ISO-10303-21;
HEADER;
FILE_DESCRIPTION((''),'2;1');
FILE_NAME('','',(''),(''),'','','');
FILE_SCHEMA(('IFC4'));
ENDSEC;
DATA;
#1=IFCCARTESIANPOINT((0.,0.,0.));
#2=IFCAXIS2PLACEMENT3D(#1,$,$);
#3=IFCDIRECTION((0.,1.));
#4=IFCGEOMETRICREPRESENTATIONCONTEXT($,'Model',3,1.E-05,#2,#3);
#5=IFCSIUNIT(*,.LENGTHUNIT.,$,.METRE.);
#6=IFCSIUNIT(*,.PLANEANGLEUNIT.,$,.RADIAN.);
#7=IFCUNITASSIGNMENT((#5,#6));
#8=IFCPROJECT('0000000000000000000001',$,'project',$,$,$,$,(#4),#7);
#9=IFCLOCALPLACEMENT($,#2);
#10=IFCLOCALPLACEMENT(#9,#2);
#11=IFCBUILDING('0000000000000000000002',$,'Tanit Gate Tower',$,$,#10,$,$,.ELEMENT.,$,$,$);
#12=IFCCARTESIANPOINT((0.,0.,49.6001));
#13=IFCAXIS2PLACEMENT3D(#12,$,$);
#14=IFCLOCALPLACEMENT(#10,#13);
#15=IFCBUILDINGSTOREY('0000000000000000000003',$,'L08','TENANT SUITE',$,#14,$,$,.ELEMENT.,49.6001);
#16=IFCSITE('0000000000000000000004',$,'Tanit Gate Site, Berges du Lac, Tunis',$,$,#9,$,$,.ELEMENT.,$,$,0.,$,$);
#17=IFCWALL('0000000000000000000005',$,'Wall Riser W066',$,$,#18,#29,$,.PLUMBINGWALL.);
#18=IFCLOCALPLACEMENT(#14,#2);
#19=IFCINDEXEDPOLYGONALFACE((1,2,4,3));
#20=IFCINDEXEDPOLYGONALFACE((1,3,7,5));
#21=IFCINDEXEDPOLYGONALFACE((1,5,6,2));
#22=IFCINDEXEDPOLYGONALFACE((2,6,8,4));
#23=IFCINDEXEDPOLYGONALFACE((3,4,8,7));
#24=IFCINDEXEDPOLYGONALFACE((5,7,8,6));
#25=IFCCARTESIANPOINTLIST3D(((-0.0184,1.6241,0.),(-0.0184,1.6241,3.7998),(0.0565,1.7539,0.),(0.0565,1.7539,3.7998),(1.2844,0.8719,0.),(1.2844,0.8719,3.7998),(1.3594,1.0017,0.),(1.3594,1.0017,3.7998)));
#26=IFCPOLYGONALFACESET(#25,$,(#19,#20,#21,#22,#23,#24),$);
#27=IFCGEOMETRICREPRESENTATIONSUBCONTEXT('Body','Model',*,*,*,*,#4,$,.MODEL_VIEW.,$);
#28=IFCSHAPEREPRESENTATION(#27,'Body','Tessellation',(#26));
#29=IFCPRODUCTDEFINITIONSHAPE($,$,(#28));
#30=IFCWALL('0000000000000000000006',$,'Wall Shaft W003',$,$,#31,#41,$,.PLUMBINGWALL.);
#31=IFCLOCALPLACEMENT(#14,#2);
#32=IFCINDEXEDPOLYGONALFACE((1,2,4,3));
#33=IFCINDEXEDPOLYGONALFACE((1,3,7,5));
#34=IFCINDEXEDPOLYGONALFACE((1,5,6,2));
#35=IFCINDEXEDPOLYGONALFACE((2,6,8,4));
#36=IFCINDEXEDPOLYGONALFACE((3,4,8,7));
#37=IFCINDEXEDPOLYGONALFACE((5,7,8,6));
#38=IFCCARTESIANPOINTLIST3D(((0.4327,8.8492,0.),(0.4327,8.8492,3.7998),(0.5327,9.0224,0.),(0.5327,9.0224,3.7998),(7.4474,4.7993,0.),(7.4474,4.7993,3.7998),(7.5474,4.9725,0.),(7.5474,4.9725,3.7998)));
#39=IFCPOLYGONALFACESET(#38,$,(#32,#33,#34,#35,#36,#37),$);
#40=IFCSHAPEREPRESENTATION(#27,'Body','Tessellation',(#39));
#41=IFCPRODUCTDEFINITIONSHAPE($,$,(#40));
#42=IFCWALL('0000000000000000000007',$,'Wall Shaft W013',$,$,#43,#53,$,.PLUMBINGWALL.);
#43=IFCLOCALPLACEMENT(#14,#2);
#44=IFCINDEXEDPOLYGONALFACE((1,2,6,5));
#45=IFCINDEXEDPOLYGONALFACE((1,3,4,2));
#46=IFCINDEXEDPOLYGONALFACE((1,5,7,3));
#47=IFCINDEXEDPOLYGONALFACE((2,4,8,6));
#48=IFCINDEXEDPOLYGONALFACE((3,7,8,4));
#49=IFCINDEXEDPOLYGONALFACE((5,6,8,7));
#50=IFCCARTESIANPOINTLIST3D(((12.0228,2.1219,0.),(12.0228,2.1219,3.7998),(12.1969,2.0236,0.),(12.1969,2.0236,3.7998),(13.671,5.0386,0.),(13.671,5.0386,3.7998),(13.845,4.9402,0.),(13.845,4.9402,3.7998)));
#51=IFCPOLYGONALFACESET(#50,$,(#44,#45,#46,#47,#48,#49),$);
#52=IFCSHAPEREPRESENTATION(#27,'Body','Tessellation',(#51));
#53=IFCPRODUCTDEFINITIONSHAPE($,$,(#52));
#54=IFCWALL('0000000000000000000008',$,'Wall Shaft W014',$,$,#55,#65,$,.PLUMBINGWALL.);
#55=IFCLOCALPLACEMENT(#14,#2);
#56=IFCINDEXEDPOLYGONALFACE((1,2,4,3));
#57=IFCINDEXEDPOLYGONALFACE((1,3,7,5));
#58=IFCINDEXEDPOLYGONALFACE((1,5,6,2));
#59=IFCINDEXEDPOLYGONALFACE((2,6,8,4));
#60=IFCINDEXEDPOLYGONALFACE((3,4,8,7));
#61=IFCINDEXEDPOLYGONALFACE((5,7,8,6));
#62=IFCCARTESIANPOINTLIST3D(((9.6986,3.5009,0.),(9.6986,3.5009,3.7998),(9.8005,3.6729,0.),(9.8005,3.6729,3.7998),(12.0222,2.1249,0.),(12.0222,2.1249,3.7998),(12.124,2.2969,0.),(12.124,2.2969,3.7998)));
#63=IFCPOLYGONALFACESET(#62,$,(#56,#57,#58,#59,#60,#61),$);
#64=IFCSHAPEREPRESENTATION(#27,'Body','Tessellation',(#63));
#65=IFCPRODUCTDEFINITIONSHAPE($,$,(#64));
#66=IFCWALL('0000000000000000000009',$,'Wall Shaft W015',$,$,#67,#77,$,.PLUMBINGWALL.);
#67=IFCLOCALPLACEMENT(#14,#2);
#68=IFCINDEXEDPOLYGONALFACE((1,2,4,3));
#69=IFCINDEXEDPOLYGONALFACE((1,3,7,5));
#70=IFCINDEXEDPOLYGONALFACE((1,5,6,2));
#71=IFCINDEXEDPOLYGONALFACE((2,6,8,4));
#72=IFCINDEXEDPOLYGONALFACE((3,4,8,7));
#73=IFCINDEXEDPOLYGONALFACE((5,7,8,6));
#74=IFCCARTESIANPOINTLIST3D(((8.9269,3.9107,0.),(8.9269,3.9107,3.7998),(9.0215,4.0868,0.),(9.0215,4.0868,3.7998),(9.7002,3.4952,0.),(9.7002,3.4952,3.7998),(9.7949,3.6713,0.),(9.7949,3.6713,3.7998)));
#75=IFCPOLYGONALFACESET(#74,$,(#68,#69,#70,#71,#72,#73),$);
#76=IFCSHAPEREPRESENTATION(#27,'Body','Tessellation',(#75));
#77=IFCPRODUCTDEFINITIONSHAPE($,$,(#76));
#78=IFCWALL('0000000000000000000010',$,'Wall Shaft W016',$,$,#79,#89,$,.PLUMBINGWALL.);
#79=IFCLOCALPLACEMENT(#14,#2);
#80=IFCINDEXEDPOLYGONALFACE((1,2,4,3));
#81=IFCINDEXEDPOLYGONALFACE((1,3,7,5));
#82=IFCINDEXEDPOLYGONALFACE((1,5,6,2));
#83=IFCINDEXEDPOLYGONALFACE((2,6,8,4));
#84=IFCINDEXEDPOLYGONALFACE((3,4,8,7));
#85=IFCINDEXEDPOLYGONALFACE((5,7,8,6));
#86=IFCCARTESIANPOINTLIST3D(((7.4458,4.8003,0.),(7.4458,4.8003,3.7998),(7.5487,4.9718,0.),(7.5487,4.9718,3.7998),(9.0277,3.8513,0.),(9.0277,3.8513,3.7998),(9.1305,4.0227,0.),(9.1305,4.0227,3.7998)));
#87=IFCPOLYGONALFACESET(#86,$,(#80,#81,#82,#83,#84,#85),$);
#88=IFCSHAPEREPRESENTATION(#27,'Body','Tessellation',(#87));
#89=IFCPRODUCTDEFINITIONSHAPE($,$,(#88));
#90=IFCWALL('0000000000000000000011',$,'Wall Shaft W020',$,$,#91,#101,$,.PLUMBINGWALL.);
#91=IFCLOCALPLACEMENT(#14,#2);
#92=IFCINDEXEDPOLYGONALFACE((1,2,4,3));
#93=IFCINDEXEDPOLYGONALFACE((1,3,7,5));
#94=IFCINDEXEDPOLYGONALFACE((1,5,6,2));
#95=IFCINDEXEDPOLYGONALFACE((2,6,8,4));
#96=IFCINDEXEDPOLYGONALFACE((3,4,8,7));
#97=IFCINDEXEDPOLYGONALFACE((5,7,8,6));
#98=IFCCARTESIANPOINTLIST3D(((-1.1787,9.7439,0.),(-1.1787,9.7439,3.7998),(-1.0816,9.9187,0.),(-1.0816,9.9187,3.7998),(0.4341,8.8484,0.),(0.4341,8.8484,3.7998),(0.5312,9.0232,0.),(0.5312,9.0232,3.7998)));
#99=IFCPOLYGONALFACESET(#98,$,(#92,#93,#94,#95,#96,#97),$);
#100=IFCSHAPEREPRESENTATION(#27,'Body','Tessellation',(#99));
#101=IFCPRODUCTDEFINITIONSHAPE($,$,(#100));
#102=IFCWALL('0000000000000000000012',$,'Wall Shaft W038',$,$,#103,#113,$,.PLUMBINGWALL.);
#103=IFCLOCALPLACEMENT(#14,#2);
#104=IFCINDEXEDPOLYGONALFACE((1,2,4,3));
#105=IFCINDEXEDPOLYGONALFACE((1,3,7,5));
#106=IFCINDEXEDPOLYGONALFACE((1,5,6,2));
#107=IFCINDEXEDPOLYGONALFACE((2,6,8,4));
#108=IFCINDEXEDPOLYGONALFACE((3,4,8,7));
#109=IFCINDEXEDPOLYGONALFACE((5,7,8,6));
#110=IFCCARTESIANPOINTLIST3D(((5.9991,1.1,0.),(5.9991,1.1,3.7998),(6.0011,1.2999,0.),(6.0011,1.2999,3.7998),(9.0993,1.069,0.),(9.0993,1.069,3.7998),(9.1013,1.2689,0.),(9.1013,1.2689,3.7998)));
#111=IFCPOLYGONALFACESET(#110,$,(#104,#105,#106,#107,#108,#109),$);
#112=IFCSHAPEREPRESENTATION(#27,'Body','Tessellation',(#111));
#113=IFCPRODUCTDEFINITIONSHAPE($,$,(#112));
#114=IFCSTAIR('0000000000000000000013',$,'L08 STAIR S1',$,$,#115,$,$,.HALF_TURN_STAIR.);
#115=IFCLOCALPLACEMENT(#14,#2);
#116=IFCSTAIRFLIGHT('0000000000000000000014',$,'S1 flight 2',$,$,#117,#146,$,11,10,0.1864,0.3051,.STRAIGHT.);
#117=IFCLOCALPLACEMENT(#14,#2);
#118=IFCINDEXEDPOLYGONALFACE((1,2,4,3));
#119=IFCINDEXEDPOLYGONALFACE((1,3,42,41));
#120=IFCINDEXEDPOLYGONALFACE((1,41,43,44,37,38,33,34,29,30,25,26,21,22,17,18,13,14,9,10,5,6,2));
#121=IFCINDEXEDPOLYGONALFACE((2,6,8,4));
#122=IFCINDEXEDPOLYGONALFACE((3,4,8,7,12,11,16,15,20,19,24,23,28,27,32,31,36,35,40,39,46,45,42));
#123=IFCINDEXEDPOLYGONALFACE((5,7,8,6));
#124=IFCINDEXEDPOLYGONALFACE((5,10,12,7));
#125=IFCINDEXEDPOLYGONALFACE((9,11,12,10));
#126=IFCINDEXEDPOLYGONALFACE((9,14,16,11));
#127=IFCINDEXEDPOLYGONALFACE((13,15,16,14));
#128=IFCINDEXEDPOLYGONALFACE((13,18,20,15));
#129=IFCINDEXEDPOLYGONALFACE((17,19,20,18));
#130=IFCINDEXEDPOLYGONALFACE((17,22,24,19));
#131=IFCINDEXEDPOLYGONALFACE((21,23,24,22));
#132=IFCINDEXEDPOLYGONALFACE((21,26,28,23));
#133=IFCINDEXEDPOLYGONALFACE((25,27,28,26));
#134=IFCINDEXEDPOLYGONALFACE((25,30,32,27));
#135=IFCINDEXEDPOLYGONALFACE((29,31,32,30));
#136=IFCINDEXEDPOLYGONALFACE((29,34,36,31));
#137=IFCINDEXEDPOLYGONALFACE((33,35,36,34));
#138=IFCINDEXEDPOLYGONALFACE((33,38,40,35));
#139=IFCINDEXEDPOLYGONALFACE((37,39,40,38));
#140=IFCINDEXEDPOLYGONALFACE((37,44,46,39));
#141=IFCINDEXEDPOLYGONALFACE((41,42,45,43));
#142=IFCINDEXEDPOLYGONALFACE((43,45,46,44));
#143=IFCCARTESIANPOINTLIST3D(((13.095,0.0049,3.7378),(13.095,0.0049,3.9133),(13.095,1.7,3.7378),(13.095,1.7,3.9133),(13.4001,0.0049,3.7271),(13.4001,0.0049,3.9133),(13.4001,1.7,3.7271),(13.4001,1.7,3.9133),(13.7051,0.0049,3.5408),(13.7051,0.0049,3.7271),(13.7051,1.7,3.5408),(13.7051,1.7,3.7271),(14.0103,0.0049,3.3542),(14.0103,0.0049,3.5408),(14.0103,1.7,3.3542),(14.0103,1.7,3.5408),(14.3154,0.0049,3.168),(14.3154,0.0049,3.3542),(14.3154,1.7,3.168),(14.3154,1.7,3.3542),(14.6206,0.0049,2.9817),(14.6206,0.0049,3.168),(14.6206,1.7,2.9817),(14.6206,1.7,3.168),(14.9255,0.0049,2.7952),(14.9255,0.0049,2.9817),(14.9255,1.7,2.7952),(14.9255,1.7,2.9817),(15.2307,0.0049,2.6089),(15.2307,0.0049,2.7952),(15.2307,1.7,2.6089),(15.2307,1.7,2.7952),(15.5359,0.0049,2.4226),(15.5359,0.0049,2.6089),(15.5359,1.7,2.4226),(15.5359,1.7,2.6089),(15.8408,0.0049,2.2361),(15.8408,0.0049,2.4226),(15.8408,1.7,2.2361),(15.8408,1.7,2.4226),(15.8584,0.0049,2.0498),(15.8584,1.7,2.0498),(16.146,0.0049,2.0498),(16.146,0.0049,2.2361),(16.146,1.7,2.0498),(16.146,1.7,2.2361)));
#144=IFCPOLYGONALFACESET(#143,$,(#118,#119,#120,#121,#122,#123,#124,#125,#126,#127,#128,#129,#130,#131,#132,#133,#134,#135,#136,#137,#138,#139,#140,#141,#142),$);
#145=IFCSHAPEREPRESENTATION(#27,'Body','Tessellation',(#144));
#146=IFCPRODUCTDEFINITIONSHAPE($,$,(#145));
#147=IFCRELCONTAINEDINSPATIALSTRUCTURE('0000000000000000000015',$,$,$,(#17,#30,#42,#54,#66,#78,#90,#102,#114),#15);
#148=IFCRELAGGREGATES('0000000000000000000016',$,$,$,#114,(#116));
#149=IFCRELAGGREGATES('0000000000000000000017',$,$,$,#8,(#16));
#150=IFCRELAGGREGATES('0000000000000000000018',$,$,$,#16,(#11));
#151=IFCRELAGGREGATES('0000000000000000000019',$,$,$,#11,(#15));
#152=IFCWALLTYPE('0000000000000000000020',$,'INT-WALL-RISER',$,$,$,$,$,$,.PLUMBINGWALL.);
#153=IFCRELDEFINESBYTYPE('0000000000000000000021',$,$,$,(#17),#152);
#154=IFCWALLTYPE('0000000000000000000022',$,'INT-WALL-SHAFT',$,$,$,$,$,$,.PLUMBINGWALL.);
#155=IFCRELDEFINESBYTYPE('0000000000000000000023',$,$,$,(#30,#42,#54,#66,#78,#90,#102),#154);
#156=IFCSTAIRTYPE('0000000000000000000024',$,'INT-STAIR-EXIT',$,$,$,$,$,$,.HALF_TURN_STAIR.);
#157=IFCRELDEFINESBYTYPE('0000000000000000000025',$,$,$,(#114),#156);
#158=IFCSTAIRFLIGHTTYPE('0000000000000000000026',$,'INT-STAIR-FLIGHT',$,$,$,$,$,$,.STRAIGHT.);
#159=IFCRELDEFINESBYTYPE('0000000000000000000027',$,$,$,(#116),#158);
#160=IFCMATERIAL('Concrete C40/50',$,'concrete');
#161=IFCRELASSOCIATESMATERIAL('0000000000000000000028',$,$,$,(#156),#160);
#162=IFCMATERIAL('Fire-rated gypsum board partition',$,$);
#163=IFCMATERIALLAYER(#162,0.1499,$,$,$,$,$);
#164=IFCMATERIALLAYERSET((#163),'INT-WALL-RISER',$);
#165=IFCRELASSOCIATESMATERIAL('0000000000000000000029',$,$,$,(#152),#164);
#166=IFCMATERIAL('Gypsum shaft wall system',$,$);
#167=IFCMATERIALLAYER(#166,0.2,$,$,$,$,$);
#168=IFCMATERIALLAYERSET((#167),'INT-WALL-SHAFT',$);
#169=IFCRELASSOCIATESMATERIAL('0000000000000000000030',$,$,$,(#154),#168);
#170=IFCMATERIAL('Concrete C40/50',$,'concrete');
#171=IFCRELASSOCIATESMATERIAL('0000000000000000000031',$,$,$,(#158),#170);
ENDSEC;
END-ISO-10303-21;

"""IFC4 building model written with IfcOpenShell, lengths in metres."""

from ifc_helpers import new_model, si_unit, direction, frame, frame_2d, origin, place, context, subcontext, project, spatial, polyline, rectangle, outline, extrude, material, layer, layer_set, type_object, element, aggregate, save


model = new_model("IFC4")

# Units and contexts
model_context = context("Model", 3, precision=1e-05, world=origin(), true_north=direction((0.0, 1.0)))
body_context = subcontext(model_context, "Body", "Model", "MODEL_VIEW")
ifc_project = project(units=[si_unit("LENGTHUNIT", "METRE"), si_unit("PLANEANGLEUNIT", "RADIAN")], contexts=[model_context])

# Site, building, storey
site_placement = place(None, origin())
site = spatial("IfcSite", under=ifc_project, at=site_placement, Name="Tanit Gate Site, Berges du Lac, Tunis", CompositionType="ELEMENT", RefElevation=0.0)
building_placement = place(site_placement, origin())
building = spatial("IfcBuilding", under=site, at=building_placement, Name="Tanit Gate Tower", CompositionType="ELEMENT")
storey_placement = place(building_placement, frame((0.0, 0.0, 49.6001)))
storey = spatial("IfcBuildingStorey", under=building, at=storey_placement, Name="L08", Description="TENANT SUITE", CompositionType="ELEMENT", Elevation=49.6001)

# Shared definitions
ifc_material_1 = material(Name="Concrete C40/50", Category="concrete")
stair_type = type_object("IfcStairType", Name="INT-STAIR-EXIT", PredefinedType="HALF_TURN_STAIR", material=ifc_material_1)

# Shared definitions
ifc_material_2 = material(Name="Fire-rated gypsum board partition")
ifc_layer_1 = layer(ifc_material_2, 0.1499)
ifc_layer_set_1 = layer_set([ifc_layer_1], Name="INT-WALL-RISER")
wall_type_1 = type_object("IfcWallType", Name="INT-WALL-RISER", PredefinedType="PLUMBINGWALL", material=ifc_layer_set_1)

# Walls
wall_1_placement = place(storey_placement, frame((0.019, 1.689, 0.0), z_axis=(0.0, 0.0, 1.0), x_axis=(0.866048, -0.499961, 0.0)))
element("IfcWall", 1, at=wall_1_placement, inside=storey, type_object=wall_type_1, Name="Wall Riser W066", PredefinedType="PLUMBINGWALL", context=body_context, shape_type="SweptSolid", body=[
    extrude(rectangle(XDim=1.5044, YDim=0.1499, at=frame_2d((0.7522, 0.0))), origin(), (0.0, 0.0, 1.0), 3.7998),
])
ifc_material_3 = material(Name="Gypsum shaft wall system")
ifc_layer_2 = layer(ifc_material_3, 0.2)
ifc_layer_set_2 = layer_set([ifc_layer_2], Name="INT-WALL-SHAFT")
wall_type_2 = type_object("IfcWallType", Name="INT-WALL-SHAFT", PredefinedType="PLUMBINGWALL", material=ifc_layer_set_2)
wall_2_placement = place(storey_placement, frame((7.4973, 4.886, 0.0), z_axis=(0.0, 0.0, 1.0), x_axis=(-0.866031, 0.49999, 0.0)))
element("IfcWall", 2, at=wall_2_placement, inside=storey, type_object=wall_type_2, Name="Wall Shaft W003", PredefinedType="PLUMBINGWALL", context=body_context, shape_type="SweptSolid", body=[
    extrude(rectangle(XDim=8.0999, YDim=0.2, at=frame_2d((4.0498, 0.0))), origin(), (0.0, 0.0, 1.0), 3.7998),
])
wall_3_placement = place(storey_placement, frame((12.1099, 2.0728, 0.0), z_axis=(0.0, 0.0, 1.0), x_axis=(0.491966, 0.870614, 0.0)))
element("IfcWall", 3, at=wall_3_placement, inside=storey, type_object=wall_type_2, Name="Wall Shaft W013", PredefinedType="PLUMBINGWALL", context=body_context, shape_type="SweptSolid", body=[
    extrude(rectangle(XDim=3.3501, YDim=0.2, at=frame_2d((1.675, 0.0))), origin(), (0.0, 0.0, 1.0), 3.7998),
])
wall_4_placement = place(storey_placement, frame((12.073, 2.2109, 0.0), z_axis=(0.0, 0.0, 1.0), x_axis=(-0.860438, 0.509555, 0.0)))
element("IfcWall", 4, at=wall_4_placement, inside=storey, type_object=wall_type_2, Name="Wall Shaft W014", PredefinedType="PLUMBINGWALL", context=body_context, shape_type="SweptSolid", body=[
    extrude(rectangle(XDim=2.7004, YDim=0.2, at=frame_2d((1.3501, 0.0))), origin(), (0.0, 0.0, 1.0), 3.7998),
])
wall_5_placement = place(storey_placement, frame((9.7476, 3.5833, 0.0), z_axis=(0.0, 0.0, 1.0), x_axis=(-0.880917, 0.473271, 0.0)))
element("IfcWall", 5, at=wall_5_placement, inside=storey, type_object=wall_type_2, Name="Wall Shaft W015", PredefinedType="PLUMBINGWALL", context=body_context, shape_type="SweptSolid", body=[
    extrude(rectangle(XDim=0.8779, YDim=0.2, at=frame_2d((0.439, 0.0))), origin(), (0.0, 0.0, 1.0), 3.7998),
])
for number, where, z_axis, x_axis, name in (
    (6, (9.0791, 3.937, 0.0), (0.0, 0.0, 1.0), (-0.857516, 0.514457, 0.0), "Wall Shaft W016"),
    (7, (0.4827, 8.9358, 0.0), (0.0, 0.0, 1.0), (-0.87427, 0.485441, 0.0), "Wall Shaft W020"),
):
    element("IfcWall", number, at=place(storey_placement, frame(where, z_axis=z_axis, x_axis=x_axis)), inside=storey, type_object=wall_type_2, Name=name, PredefinedType="PLUMBINGWALL", context=body_context, shape_type="SweptSolid", body=[
        extrude(rectangle(XDim=1.8447, YDim=0.2, at=frame_2d((0.9224, 0.0))), origin(), (0.0, 0.0, 1.0), 3.7998),
    ])

# Wall
wall_6_placement = place(storey_placement, frame((6.0, 1.2, 0.0), z_axis=(0.0, 0.0, 1.0), x_axis=(0.99995, -0.010001, 0.0)))
element("IfcWall", 8, at=wall_6_placement, inside=storey, type_object=wall_type_2, Name="Wall Shaft W038", PredefinedType="PLUMBINGWALL", context=body_context, shape_type="SweptSolid", body=[
    extrude(rectangle(XDim=3.1003, YDim=0.2, at=frame_2d((1.5503, 0.0))), origin(), (0.0, 0.0, 1.0), 3.7998),
])

# Stair, stair flight
stair_1_placement = place(storey_placement, origin())
stair_1 = element("IfcStair", 9, at=stair_1_placement, inside=storey, type_object=stair_type, Name="L08 STAIR S1", PredefinedType="HALF_TURN_STAIR")
ifc_material_4 = material(Name="Concrete C40/50", Category="concrete")
stair_flight_type = type_object("IfcStairFlightType", Name="INT-STAIR-FLIGHT", PredefinedType="STRAIGHT", material=ifc_material_4)
stair_flight_placement = place(storey_placement, frame((16.146, 0.8525, 2.0498), z_axis=(0.0, 0.0, 1.0), x_axis=(-1.0, 0.0, 0.0)))
stair_flight = element("IfcStairFlight", 10, at=stair_flight_placement, type_object=stair_flight_type, Name="S1 flight 2", NumberOfRisers=11, NumberOfTreads=10, PredefinedType="STRAIGHT", RiserHeight=0.1864, TreadLength=0.3051, context=body_context, shape_type="SweptSolid", body=[
    extrude(outline(polyline([(0.0, 0.0), (0.0, 0.1863), (0.3052, 0.1863), (0.3052, 0.3728), (0.6101, 0.3728), (0.6101, 0.5591), (0.9153, 0.5591), (0.9153, 0.7454), (1.2205, 0.7454), (1.2205, 0.9319), (1.5254, 0.9319), (1.5254, 1.1182), (1.8306, 1.1182), (1.8306, 1.3044), (2.1357, 1.3044), (2.1357, 1.491), (2.4409, 1.491), (2.4409, 1.6772), (2.7458, 1.6772), (2.7458, 1.8635), (3.051, 1.8635), (3.051, 2.05), (3.051, 1.688), (0.2876, 0.0), (0.0, 0.0)])), frame((0.0, 0.8477, 0.0), z_axis=(0.0, -1.0, 0.0), x_axis=(1.0, 0.0, 0.0)), (0.0, 0.0, 1.0), 1.6951),
])
aggregate(stair_1, [stair_flight])

save(model, "model.ifc")
